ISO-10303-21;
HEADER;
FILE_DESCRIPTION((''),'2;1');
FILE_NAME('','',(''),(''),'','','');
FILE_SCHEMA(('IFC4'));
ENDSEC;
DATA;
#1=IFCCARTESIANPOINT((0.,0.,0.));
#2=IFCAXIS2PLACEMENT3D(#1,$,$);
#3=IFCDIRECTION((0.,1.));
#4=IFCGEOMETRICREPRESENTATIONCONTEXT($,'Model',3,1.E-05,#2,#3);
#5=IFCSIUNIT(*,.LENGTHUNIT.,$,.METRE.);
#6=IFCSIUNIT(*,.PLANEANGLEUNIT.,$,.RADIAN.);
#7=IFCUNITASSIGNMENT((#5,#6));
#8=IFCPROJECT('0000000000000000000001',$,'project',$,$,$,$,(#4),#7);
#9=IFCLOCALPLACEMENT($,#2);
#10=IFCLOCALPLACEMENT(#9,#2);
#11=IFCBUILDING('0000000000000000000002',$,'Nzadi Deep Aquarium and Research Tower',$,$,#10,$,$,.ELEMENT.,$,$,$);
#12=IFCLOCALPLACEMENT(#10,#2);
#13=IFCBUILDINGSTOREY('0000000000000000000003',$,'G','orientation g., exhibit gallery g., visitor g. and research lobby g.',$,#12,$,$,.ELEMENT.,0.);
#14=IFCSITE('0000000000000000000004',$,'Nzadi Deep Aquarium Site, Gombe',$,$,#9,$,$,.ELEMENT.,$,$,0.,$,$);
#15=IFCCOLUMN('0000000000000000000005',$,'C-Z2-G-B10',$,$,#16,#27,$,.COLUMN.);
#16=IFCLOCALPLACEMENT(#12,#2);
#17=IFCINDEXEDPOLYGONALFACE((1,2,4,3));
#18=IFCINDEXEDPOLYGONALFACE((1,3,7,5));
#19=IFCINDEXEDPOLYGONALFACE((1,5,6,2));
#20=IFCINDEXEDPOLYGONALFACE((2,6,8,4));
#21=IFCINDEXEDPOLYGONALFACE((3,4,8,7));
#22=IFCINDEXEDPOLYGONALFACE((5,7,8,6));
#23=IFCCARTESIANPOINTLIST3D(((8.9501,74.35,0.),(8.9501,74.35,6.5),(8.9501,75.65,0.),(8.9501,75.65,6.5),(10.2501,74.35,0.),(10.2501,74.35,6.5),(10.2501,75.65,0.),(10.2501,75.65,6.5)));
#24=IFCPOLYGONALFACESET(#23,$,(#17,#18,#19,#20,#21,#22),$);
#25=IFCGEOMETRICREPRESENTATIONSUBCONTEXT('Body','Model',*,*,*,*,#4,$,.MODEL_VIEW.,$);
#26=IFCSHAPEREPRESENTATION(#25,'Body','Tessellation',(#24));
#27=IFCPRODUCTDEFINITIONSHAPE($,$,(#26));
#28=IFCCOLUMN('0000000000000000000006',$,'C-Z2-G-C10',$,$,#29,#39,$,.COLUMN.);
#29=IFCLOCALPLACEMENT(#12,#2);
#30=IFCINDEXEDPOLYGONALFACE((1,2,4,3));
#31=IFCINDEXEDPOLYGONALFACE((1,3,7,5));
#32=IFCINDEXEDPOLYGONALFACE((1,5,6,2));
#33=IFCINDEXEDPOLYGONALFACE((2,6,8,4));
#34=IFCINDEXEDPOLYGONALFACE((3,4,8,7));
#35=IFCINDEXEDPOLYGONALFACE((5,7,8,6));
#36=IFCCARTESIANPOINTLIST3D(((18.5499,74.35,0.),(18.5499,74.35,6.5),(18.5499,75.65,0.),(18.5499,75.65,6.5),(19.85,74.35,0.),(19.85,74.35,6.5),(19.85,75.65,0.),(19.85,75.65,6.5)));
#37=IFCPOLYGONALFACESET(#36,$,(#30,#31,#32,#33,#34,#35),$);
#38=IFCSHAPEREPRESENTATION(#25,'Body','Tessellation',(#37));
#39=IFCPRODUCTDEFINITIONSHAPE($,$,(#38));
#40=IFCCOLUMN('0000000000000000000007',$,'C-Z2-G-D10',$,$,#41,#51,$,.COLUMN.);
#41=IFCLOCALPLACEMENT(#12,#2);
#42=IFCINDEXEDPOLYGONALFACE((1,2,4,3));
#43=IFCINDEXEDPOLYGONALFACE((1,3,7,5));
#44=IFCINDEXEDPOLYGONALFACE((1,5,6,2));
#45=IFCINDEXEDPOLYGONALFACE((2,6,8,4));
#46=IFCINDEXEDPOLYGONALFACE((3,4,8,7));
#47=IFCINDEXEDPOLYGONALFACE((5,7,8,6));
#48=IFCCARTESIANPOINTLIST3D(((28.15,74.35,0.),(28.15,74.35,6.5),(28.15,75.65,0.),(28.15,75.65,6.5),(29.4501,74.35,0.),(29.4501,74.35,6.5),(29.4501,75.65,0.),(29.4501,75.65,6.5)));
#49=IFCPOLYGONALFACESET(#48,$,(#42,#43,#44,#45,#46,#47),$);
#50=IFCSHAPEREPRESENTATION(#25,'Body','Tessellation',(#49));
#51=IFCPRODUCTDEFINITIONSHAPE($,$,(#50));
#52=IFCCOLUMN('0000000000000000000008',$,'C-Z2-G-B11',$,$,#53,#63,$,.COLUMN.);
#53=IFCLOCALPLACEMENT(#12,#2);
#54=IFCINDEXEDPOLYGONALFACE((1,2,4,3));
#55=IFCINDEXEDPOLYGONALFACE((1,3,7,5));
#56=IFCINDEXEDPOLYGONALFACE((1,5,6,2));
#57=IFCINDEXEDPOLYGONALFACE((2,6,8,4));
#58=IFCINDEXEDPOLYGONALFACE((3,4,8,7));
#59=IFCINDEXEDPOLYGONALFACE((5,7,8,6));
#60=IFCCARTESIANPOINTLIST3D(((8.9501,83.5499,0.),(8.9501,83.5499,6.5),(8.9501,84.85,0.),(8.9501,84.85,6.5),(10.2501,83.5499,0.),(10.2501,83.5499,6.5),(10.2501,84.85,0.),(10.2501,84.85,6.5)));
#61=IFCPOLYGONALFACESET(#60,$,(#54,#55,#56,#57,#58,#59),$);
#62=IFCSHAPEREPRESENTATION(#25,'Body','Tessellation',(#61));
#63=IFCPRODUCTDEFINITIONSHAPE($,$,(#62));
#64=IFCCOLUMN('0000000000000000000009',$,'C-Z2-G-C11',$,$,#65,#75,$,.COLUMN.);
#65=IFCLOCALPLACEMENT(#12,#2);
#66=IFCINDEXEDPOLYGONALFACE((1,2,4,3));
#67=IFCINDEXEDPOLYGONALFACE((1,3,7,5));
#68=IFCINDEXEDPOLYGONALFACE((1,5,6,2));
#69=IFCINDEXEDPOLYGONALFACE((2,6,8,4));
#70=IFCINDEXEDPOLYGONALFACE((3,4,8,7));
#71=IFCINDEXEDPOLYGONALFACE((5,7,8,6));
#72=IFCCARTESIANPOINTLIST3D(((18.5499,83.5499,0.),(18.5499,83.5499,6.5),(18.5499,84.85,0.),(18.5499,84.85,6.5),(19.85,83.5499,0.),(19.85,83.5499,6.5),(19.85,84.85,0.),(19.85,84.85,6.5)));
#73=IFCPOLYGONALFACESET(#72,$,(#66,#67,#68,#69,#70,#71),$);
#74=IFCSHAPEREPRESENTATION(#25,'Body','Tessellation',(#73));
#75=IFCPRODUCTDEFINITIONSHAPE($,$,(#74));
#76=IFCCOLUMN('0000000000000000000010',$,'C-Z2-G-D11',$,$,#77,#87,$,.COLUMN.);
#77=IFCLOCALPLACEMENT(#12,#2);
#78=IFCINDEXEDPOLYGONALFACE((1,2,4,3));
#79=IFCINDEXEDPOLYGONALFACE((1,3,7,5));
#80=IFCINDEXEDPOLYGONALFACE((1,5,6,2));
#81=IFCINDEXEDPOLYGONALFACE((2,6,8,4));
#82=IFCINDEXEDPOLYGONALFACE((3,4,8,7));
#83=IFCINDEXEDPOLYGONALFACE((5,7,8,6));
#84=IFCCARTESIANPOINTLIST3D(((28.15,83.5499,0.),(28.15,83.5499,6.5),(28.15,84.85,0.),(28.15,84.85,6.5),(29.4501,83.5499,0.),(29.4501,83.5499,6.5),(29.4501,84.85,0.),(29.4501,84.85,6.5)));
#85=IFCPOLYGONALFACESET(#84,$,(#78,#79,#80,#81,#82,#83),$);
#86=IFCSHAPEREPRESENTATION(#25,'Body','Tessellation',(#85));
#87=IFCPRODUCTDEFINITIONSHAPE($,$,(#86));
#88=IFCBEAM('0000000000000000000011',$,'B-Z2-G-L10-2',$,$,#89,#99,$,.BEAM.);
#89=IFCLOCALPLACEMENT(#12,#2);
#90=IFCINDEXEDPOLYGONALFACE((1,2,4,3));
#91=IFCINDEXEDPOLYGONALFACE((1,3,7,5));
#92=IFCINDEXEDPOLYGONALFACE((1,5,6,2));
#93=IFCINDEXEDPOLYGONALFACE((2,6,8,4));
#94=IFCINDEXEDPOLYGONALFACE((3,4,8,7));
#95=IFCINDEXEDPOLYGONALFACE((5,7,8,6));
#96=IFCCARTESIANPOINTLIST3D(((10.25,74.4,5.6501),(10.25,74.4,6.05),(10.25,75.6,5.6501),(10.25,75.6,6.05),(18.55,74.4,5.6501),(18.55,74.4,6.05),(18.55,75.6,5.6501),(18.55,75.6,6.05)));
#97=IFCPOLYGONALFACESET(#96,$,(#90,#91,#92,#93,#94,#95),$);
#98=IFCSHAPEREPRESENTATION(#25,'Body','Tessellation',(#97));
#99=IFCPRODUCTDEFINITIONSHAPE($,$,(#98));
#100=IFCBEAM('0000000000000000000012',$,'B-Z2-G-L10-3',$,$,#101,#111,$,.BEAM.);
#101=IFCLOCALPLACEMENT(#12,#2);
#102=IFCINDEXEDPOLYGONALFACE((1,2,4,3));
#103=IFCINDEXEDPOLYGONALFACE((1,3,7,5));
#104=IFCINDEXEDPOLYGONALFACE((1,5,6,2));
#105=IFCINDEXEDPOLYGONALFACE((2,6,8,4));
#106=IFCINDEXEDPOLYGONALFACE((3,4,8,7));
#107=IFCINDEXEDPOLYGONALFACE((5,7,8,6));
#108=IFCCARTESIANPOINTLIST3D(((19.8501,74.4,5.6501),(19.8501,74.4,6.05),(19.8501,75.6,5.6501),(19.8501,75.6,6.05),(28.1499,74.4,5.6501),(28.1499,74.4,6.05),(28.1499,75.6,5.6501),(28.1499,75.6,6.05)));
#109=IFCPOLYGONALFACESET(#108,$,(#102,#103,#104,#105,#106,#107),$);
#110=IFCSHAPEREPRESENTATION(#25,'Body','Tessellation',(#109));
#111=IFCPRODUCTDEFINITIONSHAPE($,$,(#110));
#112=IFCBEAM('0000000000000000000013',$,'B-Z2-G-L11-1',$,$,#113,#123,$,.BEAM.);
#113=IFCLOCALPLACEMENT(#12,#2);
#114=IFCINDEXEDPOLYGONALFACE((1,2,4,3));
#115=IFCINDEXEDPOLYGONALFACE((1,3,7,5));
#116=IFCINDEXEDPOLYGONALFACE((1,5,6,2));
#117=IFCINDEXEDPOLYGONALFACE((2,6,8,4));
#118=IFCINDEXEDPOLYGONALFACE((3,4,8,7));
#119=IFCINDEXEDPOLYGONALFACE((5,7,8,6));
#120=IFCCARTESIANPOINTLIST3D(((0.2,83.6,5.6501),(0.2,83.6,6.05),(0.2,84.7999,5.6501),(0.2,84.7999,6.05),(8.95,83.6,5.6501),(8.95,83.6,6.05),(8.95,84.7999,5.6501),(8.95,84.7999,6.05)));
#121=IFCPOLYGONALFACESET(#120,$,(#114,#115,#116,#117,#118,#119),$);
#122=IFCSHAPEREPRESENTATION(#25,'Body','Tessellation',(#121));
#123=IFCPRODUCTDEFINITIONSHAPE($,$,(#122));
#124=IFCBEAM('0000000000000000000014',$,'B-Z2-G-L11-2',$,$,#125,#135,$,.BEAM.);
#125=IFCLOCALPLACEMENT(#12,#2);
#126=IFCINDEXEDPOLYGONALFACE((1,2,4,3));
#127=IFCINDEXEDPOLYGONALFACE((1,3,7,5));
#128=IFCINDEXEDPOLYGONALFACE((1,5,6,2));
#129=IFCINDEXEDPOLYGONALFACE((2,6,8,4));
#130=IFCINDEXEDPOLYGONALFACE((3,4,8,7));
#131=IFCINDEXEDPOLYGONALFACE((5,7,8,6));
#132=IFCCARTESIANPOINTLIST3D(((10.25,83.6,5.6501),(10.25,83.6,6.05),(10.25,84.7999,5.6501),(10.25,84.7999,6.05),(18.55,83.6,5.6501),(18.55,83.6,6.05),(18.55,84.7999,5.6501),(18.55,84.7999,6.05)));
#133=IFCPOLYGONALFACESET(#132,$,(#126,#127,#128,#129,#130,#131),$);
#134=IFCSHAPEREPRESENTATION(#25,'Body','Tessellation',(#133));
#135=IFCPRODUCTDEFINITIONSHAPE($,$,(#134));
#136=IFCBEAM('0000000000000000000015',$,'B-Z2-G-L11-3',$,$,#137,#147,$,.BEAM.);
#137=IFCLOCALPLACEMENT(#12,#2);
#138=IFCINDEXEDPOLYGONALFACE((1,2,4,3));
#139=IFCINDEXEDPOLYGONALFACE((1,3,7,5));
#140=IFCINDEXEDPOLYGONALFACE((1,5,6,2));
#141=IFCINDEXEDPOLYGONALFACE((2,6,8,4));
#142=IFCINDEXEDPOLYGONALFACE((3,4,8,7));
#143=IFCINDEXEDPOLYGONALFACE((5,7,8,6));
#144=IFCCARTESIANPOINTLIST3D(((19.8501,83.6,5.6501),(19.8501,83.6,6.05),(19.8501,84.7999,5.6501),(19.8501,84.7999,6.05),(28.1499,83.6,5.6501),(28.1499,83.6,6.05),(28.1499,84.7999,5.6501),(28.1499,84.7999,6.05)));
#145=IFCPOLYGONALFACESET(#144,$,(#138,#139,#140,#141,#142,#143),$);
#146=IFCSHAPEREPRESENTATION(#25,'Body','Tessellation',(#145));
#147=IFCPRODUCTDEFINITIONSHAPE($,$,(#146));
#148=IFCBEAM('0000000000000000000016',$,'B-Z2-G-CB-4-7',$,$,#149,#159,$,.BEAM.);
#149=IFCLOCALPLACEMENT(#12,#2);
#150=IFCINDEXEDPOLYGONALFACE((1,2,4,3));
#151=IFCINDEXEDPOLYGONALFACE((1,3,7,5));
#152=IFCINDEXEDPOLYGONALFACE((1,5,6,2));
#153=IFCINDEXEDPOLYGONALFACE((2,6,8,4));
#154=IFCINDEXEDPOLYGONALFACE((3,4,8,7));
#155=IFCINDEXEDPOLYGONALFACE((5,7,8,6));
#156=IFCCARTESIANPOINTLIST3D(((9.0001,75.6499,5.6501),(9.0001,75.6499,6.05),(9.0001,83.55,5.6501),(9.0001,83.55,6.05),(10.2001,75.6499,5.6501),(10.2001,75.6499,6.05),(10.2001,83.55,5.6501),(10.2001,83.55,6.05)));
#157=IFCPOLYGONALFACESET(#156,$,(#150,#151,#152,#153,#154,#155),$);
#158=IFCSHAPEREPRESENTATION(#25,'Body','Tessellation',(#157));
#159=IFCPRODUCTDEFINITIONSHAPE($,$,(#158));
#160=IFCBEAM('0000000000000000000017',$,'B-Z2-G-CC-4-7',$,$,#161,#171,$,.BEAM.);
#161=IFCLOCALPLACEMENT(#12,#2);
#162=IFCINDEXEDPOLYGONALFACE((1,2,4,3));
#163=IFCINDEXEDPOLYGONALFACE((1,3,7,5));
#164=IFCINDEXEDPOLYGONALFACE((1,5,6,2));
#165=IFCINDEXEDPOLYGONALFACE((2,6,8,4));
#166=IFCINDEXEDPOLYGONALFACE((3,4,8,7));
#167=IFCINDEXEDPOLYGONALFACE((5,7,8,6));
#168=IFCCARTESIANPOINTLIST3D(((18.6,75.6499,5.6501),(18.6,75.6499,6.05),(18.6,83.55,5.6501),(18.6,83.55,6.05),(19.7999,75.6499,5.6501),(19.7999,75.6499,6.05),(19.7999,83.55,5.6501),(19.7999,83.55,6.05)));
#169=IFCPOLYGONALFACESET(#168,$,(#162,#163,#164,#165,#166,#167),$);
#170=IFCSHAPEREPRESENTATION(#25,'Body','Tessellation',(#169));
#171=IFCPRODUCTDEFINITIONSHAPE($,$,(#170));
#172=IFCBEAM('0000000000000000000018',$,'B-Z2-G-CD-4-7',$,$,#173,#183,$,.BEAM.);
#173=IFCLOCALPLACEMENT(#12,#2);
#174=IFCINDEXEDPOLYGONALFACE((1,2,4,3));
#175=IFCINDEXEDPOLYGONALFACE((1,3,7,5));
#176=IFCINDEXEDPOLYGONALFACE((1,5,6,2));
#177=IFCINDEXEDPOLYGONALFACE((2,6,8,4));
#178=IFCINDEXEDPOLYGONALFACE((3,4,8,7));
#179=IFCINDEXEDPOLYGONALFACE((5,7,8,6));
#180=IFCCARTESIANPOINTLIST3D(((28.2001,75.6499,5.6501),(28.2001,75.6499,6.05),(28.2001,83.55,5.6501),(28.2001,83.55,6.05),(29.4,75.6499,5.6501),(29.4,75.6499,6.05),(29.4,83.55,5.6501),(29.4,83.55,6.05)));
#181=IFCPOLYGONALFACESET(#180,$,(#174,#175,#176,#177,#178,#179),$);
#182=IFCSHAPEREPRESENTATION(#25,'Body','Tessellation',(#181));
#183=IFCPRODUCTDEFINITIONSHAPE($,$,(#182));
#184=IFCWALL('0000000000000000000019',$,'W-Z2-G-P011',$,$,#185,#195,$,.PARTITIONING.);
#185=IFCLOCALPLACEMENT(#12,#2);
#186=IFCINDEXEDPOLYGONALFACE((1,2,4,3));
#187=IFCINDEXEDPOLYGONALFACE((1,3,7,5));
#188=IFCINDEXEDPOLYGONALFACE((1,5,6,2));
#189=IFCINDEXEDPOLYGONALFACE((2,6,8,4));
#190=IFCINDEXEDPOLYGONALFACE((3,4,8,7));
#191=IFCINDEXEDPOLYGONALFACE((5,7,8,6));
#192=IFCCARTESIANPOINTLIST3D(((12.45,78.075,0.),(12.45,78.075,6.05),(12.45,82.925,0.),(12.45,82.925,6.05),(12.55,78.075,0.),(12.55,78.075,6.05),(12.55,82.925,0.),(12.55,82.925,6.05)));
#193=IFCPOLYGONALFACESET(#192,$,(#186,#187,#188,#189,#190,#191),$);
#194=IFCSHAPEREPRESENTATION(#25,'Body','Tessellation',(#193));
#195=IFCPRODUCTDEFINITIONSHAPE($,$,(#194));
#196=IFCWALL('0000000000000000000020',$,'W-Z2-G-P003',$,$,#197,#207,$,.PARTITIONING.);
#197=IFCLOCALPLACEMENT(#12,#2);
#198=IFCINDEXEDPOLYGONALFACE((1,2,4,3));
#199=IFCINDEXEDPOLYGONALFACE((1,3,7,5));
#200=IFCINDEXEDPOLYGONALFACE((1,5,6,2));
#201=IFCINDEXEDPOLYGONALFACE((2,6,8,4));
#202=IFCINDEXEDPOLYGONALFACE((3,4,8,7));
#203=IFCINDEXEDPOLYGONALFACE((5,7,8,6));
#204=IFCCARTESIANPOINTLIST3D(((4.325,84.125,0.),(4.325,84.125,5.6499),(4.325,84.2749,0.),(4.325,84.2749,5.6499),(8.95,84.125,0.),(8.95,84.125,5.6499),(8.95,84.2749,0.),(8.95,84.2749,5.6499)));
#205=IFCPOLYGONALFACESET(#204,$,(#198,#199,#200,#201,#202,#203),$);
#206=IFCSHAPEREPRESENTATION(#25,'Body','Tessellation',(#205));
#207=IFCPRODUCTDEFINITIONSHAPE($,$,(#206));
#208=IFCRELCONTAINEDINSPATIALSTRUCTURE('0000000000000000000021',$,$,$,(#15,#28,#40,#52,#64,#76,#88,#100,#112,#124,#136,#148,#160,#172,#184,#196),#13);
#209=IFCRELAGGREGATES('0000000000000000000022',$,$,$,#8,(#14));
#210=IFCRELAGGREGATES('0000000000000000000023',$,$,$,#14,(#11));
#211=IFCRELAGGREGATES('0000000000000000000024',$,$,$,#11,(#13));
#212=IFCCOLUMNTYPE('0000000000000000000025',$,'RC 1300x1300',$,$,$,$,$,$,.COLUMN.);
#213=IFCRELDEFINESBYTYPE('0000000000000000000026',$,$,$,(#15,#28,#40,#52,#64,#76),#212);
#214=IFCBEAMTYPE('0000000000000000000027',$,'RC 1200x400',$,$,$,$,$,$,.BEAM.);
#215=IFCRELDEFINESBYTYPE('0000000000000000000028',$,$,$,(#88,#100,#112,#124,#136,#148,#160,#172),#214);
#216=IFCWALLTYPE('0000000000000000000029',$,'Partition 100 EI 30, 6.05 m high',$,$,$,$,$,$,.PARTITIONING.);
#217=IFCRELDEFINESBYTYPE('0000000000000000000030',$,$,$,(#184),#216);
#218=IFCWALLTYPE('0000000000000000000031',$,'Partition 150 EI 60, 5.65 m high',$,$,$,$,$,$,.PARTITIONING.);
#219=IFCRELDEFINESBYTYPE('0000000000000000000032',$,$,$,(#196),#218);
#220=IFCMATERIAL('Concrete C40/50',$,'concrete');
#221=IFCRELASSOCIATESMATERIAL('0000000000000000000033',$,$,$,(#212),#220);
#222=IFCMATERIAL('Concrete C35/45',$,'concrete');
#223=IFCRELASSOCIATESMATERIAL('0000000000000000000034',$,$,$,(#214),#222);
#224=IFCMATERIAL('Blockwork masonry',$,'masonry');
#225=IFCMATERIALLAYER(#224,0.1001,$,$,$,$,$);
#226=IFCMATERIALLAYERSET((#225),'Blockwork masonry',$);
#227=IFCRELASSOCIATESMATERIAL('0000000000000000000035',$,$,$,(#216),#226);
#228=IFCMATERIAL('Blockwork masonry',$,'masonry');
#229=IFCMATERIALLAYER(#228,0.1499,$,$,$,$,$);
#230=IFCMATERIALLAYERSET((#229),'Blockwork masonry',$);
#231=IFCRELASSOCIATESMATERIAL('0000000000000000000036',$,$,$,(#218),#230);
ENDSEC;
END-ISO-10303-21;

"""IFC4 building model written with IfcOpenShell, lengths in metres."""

from ifc_helpers import new_model, si_unit, direction, frame, frame_2d, origin, origin_2d, place, context, subcontext, project, spatial, rectangle, extrude, material, layer, layer_set, material_profile, profile_set, type_object, element, save


model = new_model("IFC4")

# Units and contexts
model_context = context("Model", 3, precision=1e-05, world=origin(), true_north=direction((0.0, 1.0)))
body_context = subcontext(model_context, "Body", "Model", "MODEL_VIEW")
ifc_project = project(units=[si_unit("LENGTHUNIT", "METRE"), si_unit("PLANEANGLEUNIT", "RADIAN")], contexts=[model_context])

# Site, building, storey
site_placement = place(None, origin())
site = spatial("IfcSite", under=ifc_project, at=site_placement, Name="Nzadi Deep Aquarium Site, Gombe", CompositionType="ELEMENT", RefElevation=0.0)
building_placement = place(site_placement, origin())
building = spatial("IfcBuilding", under=site, at=building_placement, Name="Nzadi Deep Aquarium and Research Tower", CompositionType="ELEMENT")
storey_placement = place(building_placement, origin())
storey = spatial("IfcBuildingStorey", under=building, at=storey_placement, Name="G", Description="orientation g., exhibit gallery g., visitor g. and research lobby g.", CompositionType="ELEMENT", Elevation=0.0)

# Columns
ifc_material_1 = material(Name="Concrete C40/50", Category="concrete")
ifc_material_profile_1 = material_profile(ifc_material_1, rectangle(XDim=1.3, YDim=1.3, at=origin_2d()))
ifc_profile_set_1 = profile_set([ifc_material_profile_1], Name="Concrete C40/50")
column_type = type_object("IfcColumnType", Name="RC 1300x1300", PredefinedType="COLUMN", material=ifc_profile_set_1)
for number, where, z_axis, x_axis, name in (
    (1, (9.6001, 75.0, 0.0), (0.0, 0.0, 1.0), (1.0, 0.0, 0.0), "C-Z2-G-B10"),
    (2, (19.2, 75.0, 0.0), (0.0, 0.0, 1.0), (1.0, 0.0, 0.0), "C-Z2-G-C10"),
    (3, (28.8, 75.0, 0.0), (0.0, 0.0, 1.0), (1.0, 0.0, 0.0), "C-Z2-G-D10"),
    (4, (9.6001, 84.2, 0.0), (0.0, 0.0, 1.0), (1.0, 0.0, 0.0), "C-Z2-G-B11"),
    (5, (19.2, 84.2, 0.0), (0.0, 0.0, 1.0), (1.0, 0.0, 0.0), "C-Z2-G-C11"),
    (6, (28.8, 84.2, 0.0), (0.0, 0.0, 1.0), (1.0, 0.0, 0.0), "C-Z2-G-D11"),
):
    element("IfcColumn", number, at=place(storey_placement, frame(where, z_axis=z_axis, x_axis=x_axis)), inside=storey, type_object=column_type, Name=name, PredefinedType="COLUMN", context=body_context, shape_type="SweptSolid", body=[
        extrude(rectangle(XDim=1.3, YDim=1.3, at=origin_2d()), origin(), (0.0, 0.0, 1.0), 6.5),
    ])

# Beams
ifc_material_2 = material(Name="Concrete C35/45", Category="concrete")
ifc_material_profile_2 = material_profile(ifc_material_2, rectangle(XDim=1.2, YDim=0.3999, at=origin_2d()))
ifc_profile_set_2 = profile_set([ifc_material_profile_2], Name="Concrete C35/45")
beam_type = type_object("IfcBeamType", Name="RC 1200x400", PredefinedType="BEAM", material=ifc_profile_set_2)
beam_1_placement = place(storey_placement, frame((10.25, 75.0, 5.8501), z_axis=(1.0, 0.0, 0.0), x_axis=(0.0, 1.0, 0.0)))
element("IfcBeam", 7, at=beam_1_placement, inside=storey, type_object=beam_type, Name="B-Z2-G-L10-2", PredefinedType="BEAM", context=body_context, shape_type="SweptSolid", body=[
    extrude(rectangle(XDim=1.2, YDim=0.3999, at=origin_2d()), origin(), (0.0, 0.0, 1.0), 8.3),
])
beam_2_placement = place(storey_placement, frame((19.8501, 75.0, 5.8501), z_axis=(1.0, 0.0, 0.0), x_axis=(0.0, 1.0, 0.0)))
element("IfcBeam", 8, at=beam_2_placement, inside=storey, type_object=beam_type, Name="B-Z2-G-L10-3", PredefinedType="BEAM", context=body_context, shape_type="SweptSolid", body=[
    extrude(rectangle(XDim=1.2, YDim=0.3999, at=origin_2d()), origin(), (0.0, 0.0, 1.0), 8.2998),
])
beam_3_placement = place(storey_placement, frame((0.2, 84.2, 5.8501), z_axis=(1.0, 0.0, 0.0), x_axis=(0.0, 1.0, 0.0)))
element("IfcBeam", 9, at=beam_3_placement, inside=storey, type_object=beam_type, Name="B-Z2-G-L11-1", PredefinedType="BEAM", context=body_context, shape_type="SweptSolid", body=[
    extrude(rectangle(XDim=1.2, YDim=0.3999, at=origin_2d()), origin(), (0.0, 0.0, 1.0), 8.75),
])
beam_4_placement = place(storey_placement, frame((10.25, 84.2, 5.8501), z_axis=(1.0, 0.0, 0.0), x_axis=(0.0, 1.0, 0.0)))
element("IfcBeam", 10, at=beam_4_placement, inside=storey, type_object=beam_type, Name="B-Z2-G-L11-2", PredefinedType="BEAM", context=body_context, shape_type="SweptSolid", body=[
    extrude(rectangle(XDim=1.2, YDim=0.3999, at=origin_2d()), origin(), (0.0, 0.0, 1.0), 8.3),
])
beam_5_placement = place(storey_placement, frame((19.8501, 84.2, 5.8501), z_axis=(1.0, 0.0, 0.0), x_axis=(0.0, 1.0, 0.0)))
element("IfcBeam", 11, at=beam_5_placement, inside=storey, type_object=beam_type, Name="B-Z2-G-L11-3", PredefinedType="BEAM", context=body_context, shape_type="SweptSolid", body=[
    extrude(rectangle(XDim=1.2, YDim=0.3999, at=origin_2d()), origin(), (0.0, 0.0, 1.0), 8.2998),
])
for number, where, z_axis, x_axis, name in (
    (12, (9.6001, 75.6499, 5.8501), (0.0, 1.0, 0.0), (-1.0, 0.0, 0.0), "B-Z2-G-CB-4-7"),
    (13, (19.2, 75.6499, 5.8501), (0.0, 1.0, 0.0), (-1.0, 0.0, 0.0), "B-Z2-G-CC-4-7"),
    (14, (28.8, 75.6499, 5.8501), (0.0, 1.0, 0.0), (-1.0, 0.0, 0.0), "B-Z2-G-CD-4-7"),
):
    element("IfcBeam", number, at=place(storey_placement, frame(where, z_axis=z_axis, x_axis=x_axis)), inside=storey, type_object=beam_type, Name=name, PredefinedType="BEAM", context=body_context, shape_type="SweptSolid", body=[
        extrude(rectangle(XDim=1.2, YDim=0.3999, at=origin_2d()), origin(), (0.0, 0.0, 1.0), 7.9001),
    ])

# Walls
ifc_material_3 = material(Name="Blockwork masonry", Category="masonry")
ifc_layer_1 = layer(ifc_material_3, 0.1001)
ifc_layer_set_1 = layer_set([ifc_layer_1], Name="Blockwork masonry")
wall_type_1 = type_object("IfcWallType", Name="Partition 100 EI 30, 6.05 m high", PredefinedType="PARTITIONING", material=ifc_layer_set_1)
wall_1_placement = place(storey_placement, frame((12.5, 78.075, 0.0), z_axis=(0.0, 0.0, 1.0), x_axis=(0.0, 1.0, 0.0)))
element("IfcWall", 15, at=wall_1_placement, inside=storey, type_object=wall_type_1, Name="W-Z2-G-P011", PredefinedType="PARTITIONING", context=body_context, shape_type="SweptSolid", body=[
    extrude(rectangle(XDim=4.8501, YDim=0.1001, at=frame_2d((2.425, 0.0))), origin(), (0.0, 0.0, 1.0), 6.05),
])
ifc_material_4 = material(Name="Blockwork masonry", Category="masonry")
ifc_layer_2 = layer(ifc_material_4, 0.1499)
ifc_layer_set_2 = layer_set([ifc_layer_2], Name="Blockwork masonry")
wall_type_2 = type_object("IfcWallType", Name="Partition 150 EI 60, 5.65 m high", PredefinedType="PARTITIONING", material=ifc_layer_set_2)
wall_2_placement = place(storey_placement, frame((4.325, 84.2, 0.0), z_axis=(0.0, 0.0, 1.0), x_axis=(1.0, 0.0, 0.0)))
element("IfcWall", 16, at=wall_2_placement, inside=storey, type_object=wall_type_2, Name="W-Z2-G-P003", PredefinedType="PARTITIONING", context=body_context, shape_type="SweptSolid", body=[
    extrude(rectangle(XDim=4.625, YDim=0.1499, at=frame_2d((2.3125, 0.0))), origin(), (0.0, 0.0, 1.0), 5.6499),
])

save(model, "model.ifc")
